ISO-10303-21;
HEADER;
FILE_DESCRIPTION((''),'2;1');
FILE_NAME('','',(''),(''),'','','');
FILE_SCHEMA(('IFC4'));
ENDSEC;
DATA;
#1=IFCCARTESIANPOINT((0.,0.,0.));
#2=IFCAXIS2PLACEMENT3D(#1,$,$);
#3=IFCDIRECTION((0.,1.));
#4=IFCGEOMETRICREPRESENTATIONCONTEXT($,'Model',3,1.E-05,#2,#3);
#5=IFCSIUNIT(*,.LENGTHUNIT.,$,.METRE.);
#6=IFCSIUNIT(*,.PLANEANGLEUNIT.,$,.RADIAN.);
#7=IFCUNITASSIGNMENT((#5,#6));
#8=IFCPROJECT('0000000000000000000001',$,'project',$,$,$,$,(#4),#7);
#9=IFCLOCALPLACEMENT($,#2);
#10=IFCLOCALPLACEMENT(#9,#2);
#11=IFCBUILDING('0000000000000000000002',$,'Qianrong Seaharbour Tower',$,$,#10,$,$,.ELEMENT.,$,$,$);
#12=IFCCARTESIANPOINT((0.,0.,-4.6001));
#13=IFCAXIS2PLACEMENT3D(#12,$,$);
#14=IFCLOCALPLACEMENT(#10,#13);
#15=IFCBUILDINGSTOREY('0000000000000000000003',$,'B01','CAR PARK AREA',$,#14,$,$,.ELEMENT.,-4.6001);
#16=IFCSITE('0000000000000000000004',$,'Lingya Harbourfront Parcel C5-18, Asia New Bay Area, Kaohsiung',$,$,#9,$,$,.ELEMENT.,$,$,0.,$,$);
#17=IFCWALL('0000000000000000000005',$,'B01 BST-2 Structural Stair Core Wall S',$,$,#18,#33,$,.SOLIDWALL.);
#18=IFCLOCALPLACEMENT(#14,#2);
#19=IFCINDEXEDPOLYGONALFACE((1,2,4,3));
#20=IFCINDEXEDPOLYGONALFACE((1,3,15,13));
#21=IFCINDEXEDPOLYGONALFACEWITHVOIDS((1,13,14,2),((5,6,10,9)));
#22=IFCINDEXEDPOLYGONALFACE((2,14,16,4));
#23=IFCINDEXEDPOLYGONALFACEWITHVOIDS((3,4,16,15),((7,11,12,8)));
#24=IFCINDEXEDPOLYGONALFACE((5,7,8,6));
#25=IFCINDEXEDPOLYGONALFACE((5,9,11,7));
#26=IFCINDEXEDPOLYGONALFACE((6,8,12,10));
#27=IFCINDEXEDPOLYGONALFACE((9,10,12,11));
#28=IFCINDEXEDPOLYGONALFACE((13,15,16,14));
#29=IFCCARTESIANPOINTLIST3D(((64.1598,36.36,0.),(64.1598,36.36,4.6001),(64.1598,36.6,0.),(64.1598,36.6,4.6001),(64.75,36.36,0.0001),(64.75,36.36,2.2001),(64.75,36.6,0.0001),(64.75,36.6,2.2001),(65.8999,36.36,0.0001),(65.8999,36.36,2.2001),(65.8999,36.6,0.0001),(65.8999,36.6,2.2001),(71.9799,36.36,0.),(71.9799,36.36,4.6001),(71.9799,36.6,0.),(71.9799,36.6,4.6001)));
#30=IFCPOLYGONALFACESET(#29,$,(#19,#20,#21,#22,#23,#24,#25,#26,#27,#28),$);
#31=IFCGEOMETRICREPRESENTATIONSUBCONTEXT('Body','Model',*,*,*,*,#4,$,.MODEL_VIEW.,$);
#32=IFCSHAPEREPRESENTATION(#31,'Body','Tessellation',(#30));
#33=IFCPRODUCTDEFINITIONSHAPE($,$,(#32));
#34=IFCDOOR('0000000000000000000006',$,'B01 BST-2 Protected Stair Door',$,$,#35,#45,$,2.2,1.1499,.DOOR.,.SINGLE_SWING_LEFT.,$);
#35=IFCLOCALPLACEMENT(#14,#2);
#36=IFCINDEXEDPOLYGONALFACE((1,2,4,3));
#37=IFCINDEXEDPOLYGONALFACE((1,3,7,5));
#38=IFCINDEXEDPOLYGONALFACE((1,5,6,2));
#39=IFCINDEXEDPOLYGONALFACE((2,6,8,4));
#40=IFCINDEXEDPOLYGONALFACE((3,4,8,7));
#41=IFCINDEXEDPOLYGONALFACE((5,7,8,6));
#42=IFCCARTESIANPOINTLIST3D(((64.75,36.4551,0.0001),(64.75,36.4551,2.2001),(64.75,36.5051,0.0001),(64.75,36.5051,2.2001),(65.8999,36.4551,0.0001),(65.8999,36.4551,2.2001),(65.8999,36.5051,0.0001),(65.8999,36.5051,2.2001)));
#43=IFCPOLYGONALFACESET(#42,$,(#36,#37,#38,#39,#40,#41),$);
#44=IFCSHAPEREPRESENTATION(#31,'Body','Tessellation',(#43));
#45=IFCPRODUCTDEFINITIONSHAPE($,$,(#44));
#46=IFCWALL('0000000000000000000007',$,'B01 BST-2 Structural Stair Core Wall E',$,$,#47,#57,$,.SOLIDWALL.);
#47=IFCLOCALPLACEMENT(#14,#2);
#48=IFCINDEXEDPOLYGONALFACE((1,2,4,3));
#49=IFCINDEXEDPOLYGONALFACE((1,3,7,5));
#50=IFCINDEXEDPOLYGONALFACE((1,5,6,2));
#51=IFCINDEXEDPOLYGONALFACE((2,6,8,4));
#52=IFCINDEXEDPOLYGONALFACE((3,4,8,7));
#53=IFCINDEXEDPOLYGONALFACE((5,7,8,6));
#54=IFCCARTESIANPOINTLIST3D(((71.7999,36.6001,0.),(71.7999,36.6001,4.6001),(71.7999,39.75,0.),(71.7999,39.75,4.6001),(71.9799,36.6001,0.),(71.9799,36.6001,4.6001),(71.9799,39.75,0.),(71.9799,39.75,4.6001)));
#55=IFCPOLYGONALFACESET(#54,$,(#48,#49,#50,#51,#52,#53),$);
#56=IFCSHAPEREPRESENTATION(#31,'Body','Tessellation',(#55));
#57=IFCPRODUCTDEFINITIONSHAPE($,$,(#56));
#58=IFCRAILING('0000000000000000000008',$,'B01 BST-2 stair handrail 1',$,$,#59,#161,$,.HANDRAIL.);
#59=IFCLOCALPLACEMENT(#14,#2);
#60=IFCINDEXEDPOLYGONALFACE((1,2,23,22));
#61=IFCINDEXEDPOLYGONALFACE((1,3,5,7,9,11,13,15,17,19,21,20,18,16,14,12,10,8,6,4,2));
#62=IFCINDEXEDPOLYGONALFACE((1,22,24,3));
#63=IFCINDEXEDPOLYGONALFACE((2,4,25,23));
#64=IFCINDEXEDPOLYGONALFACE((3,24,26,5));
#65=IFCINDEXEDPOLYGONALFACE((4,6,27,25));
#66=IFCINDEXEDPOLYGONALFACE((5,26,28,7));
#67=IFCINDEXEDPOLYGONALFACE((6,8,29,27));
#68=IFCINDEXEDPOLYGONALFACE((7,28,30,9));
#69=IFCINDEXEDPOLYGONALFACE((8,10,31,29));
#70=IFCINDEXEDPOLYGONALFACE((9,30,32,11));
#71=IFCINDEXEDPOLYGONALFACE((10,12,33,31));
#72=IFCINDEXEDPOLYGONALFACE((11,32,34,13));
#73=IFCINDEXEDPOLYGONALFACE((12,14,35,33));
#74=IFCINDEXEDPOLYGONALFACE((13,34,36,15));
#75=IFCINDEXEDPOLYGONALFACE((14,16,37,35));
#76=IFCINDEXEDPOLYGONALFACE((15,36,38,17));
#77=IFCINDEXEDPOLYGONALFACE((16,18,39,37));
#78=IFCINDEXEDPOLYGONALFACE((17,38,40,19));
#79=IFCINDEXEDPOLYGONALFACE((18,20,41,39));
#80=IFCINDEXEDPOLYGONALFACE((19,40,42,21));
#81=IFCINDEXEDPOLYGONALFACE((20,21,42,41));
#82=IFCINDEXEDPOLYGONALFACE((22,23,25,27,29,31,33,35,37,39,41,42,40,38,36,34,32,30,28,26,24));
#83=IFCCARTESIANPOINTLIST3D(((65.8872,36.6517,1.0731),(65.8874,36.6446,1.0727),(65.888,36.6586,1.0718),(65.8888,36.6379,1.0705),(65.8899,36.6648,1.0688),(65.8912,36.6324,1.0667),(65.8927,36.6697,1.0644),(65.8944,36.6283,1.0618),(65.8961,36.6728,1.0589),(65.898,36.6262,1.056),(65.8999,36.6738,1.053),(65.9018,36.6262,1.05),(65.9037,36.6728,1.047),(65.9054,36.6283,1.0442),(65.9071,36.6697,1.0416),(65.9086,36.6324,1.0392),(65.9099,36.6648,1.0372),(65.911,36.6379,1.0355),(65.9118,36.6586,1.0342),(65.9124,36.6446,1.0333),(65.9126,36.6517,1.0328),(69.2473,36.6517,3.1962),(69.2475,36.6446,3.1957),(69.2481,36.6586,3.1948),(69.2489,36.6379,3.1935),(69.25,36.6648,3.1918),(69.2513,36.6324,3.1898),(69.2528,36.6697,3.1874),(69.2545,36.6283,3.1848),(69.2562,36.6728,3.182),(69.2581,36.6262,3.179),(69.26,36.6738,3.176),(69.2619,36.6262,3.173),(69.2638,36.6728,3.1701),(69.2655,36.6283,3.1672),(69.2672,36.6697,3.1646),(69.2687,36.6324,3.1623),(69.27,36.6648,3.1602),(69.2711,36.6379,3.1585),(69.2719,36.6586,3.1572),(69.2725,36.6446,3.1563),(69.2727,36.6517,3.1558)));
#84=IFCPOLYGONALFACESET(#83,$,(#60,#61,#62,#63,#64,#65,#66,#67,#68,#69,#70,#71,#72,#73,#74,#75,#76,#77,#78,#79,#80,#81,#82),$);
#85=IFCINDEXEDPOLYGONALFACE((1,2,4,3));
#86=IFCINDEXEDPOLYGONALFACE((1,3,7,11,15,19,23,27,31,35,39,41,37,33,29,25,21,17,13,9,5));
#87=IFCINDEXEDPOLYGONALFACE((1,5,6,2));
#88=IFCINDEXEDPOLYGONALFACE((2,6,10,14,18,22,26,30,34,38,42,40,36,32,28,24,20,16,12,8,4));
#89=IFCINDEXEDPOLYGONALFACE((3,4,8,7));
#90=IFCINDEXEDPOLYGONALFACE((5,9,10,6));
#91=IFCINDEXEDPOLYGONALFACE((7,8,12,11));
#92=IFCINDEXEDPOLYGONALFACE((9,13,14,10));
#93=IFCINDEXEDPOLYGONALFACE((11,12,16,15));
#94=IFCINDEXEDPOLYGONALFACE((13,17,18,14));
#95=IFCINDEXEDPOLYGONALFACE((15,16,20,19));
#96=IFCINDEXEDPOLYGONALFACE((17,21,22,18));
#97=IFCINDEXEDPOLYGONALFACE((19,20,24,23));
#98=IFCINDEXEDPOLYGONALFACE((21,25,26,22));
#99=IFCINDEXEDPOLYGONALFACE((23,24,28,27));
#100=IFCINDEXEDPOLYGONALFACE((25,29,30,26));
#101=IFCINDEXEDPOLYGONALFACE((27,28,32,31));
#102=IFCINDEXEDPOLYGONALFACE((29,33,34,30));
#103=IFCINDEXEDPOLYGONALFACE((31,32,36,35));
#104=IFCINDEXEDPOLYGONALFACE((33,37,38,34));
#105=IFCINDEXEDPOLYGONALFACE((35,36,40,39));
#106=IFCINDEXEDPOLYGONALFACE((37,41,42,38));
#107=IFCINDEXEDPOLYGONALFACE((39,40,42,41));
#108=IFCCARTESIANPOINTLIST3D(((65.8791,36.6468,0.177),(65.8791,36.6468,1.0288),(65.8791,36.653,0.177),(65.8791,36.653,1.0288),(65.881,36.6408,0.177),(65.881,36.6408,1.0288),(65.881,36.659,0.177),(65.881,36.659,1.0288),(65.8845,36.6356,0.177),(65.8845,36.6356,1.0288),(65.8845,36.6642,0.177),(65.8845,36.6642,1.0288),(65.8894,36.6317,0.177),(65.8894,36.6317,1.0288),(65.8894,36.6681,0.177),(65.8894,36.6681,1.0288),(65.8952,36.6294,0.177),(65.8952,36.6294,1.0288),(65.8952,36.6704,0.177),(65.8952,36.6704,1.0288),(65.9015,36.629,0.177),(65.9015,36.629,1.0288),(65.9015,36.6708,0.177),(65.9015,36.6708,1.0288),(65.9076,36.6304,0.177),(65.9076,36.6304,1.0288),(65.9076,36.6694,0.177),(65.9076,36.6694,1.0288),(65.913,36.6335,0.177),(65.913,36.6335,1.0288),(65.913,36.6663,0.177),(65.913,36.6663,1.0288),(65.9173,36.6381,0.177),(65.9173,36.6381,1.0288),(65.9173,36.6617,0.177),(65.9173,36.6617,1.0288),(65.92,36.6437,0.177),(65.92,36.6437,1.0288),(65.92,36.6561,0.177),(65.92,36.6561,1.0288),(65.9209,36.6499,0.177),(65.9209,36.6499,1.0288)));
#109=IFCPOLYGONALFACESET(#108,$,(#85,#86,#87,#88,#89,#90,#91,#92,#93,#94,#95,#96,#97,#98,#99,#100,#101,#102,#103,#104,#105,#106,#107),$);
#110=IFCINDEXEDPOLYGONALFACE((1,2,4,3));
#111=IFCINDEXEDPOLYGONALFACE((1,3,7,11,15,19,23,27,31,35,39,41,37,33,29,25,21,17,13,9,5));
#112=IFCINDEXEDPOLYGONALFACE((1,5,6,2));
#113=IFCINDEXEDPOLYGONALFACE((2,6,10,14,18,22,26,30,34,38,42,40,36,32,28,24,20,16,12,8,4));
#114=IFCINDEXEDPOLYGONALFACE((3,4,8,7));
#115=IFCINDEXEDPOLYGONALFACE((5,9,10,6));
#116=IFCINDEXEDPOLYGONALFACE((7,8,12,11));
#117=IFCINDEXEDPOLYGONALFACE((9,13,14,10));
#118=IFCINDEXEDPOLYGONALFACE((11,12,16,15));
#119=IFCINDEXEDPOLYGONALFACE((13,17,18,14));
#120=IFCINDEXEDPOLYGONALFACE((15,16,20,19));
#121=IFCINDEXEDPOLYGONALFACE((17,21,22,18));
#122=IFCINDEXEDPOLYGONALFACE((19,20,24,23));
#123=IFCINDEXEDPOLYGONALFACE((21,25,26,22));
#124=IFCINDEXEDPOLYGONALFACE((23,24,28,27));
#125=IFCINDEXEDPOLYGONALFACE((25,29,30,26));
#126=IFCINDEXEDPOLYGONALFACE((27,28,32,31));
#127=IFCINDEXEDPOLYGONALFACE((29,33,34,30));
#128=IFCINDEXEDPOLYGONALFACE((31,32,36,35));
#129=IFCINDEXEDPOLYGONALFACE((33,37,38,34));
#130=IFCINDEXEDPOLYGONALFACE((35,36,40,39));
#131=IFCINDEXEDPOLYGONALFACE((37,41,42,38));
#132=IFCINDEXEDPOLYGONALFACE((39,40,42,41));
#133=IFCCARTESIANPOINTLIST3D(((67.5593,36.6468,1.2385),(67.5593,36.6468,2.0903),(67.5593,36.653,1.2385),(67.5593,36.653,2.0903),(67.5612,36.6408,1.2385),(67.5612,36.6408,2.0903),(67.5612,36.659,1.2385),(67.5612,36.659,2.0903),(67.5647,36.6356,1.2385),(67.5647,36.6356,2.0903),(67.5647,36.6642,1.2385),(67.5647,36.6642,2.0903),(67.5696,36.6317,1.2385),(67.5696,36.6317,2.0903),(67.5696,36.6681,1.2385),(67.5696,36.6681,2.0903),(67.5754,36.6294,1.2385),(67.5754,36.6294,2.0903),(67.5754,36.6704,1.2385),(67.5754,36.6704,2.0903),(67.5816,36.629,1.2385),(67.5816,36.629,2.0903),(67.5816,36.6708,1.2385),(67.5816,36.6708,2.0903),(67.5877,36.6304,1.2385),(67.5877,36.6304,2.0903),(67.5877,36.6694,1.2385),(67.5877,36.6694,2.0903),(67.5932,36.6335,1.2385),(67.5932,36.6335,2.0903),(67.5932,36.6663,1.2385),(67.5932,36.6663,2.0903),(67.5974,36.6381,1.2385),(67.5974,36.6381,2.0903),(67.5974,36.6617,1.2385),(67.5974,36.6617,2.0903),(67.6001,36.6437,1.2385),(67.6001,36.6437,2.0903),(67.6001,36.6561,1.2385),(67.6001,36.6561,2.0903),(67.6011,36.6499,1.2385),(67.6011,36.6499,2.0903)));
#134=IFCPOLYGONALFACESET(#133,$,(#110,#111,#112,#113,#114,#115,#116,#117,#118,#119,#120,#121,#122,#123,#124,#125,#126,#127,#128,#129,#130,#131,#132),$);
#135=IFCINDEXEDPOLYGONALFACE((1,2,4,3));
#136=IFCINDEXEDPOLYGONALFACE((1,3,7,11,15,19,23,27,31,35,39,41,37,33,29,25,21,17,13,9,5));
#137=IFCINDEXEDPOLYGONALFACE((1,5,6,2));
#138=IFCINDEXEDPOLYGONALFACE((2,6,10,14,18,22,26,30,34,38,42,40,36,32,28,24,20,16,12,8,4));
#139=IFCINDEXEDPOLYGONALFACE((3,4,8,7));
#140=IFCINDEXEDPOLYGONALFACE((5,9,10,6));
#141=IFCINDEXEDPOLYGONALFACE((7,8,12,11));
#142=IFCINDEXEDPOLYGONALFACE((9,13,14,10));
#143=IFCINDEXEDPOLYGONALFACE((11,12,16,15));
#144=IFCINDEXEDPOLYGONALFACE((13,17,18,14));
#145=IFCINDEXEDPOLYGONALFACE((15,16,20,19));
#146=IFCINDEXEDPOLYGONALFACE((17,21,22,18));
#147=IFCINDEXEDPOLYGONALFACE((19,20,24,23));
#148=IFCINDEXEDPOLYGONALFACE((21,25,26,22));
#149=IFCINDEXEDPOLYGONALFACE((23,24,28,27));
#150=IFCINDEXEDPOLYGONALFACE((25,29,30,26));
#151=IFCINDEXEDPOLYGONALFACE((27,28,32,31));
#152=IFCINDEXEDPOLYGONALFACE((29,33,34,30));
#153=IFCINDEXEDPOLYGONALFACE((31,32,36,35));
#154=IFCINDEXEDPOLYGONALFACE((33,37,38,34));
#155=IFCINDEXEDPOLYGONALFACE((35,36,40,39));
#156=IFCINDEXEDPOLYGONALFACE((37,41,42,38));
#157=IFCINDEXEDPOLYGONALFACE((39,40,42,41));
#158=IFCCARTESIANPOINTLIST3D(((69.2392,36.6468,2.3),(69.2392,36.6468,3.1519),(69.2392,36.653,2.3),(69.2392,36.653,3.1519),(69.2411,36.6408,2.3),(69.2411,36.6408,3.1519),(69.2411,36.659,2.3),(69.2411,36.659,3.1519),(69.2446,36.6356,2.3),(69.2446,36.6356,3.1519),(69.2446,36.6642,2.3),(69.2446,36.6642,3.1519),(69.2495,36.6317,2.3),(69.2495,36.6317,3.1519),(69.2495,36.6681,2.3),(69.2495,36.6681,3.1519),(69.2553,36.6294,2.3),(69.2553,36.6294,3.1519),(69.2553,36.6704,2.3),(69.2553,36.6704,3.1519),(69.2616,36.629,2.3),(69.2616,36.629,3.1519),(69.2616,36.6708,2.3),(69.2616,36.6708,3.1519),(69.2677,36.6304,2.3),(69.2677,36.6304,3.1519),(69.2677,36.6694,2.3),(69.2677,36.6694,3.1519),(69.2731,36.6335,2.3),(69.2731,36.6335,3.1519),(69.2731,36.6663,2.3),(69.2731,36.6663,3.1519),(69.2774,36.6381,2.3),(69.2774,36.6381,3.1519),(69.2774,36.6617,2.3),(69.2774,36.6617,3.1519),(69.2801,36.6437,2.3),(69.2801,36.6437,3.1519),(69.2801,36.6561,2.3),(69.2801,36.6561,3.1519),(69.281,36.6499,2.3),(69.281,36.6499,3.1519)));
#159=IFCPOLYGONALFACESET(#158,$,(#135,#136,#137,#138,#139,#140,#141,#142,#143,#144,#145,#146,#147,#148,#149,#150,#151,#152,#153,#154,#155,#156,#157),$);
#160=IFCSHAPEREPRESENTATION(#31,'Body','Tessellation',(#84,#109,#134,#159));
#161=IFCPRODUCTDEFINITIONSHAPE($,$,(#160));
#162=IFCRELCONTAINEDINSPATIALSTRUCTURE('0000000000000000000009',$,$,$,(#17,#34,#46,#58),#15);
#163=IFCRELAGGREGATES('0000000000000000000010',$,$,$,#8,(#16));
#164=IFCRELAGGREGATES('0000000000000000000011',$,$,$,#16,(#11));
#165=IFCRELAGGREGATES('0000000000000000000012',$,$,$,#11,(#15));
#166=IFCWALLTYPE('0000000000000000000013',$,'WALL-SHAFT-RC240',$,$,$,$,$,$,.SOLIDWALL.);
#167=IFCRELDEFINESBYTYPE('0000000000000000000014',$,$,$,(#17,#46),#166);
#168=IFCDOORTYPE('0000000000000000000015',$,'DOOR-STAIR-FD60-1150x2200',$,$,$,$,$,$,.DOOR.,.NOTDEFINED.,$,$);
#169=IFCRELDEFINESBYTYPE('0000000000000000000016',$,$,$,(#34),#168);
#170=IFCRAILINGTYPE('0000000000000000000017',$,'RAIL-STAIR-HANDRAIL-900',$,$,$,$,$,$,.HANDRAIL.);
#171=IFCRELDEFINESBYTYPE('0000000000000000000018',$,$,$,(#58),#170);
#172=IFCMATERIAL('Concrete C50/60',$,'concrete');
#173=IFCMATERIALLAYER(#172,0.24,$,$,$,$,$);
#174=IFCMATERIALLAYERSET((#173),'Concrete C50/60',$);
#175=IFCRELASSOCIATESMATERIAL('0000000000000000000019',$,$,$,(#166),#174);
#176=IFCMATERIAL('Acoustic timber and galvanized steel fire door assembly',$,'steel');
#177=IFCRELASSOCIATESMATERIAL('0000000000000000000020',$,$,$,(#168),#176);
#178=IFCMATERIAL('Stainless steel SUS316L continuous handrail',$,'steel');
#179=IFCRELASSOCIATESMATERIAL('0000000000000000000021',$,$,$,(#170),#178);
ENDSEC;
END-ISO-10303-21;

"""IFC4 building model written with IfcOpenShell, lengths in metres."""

from ifc_helpers import new_model, si_unit, direction, frame, frame_2d, origin, origin_2d, place, context, subcontext, project, spatial, rectangle, circle, extrude, material, layer, layer_set, type_object, element, fill, save


model = new_model("IFC4")

# Units and contexts
model_context = context("Model", 3, precision=1e-05, world=origin(), true_north=direction((0.0, 1.0)))
body_context = subcontext(model_context, "Body", "Model", "MODEL_VIEW")
ifc_project = project(units=[si_unit("LENGTHUNIT", "METRE"), si_unit("PLANEANGLEUNIT", "RADIAN")], contexts=[model_context])

# Site, building, storey
site_placement = place(None, origin())
site = spatial("IfcSite", under=ifc_project, at=site_placement, Name="Lingya Harbourfront Parcel C5-18, Asia New Bay Area, Kaohsiung", CompositionType="ELEMENT", RefElevation=0.0)
building_placement = place(site_placement, origin())
building = spatial("IfcBuilding", under=site, at=building_placement, Name="Qianrong Seaharbour Tower", CompositionType="ELEMENT")
storey_placement = place(building_placement, frame((0.0, 0.0, -4.6001)))
storey = spatial("IfcBuildingStorey", under=building, at=storey_placement, Name="B01", Description="CAR PARK AREA", CompositionType="ELEMENT", Elevation=-4.6001)

# Shared definitions
ifc_material_1 = material(Name="Concrete C50/60", Category="concrete")

# Shared definitions
ifc_material_2 = material(Name="Acoustic timber and galvanized steel fire door assembly", Category="steel")

# Wall, opening, door
ifc_layer_1 = layer(ifc_material_1, 0.24)
ifc_layer_set_1 = layer_set([ifc_layer_1], Name="Concrete C50/60")
wall_type_1 = type_object("IfcWallType", Name="WALL-SHAFT-RC240", PredefinedType="SOLIDWALL", material=ifc_layer_set_1)
wall_1_placement = place(storey_placement, frame((71.98, 36.48, 0.0), z_axis=(0.0, 0.0, 1.0), x_axis=(-1.0, 0.0, 0.0)))
wall_1 = element("IfcWall", 1, at=wall_1_placement, inside=storey, type_object=wall_type_1, Name="B01 BST-2 Structural Stair Core Wall S", PredefinedType="SOLIDWALL", context=body_context, shape_type="SweptSolid", body=[
    extrude(rectangle(XDim=7.8201, YDim=0.24, at=frame_2d((3.9102, 0.0))), origin(), (0.0, 0.0, 1.0), 4.6001),
])
opening_1_placement = place(wall_1_placement, frame((6.0801, 0.0, 0.0)))
opening_1 = element("IfcOpeningElement", 2, at=opening_1_placement, cuts=wall_1, PredefinedType="OPENING", context=body_context, shape_type="SweptSolid", body=[
    extrude(rectangle(XDim=1.1499, YDim=2.2, at=frame_2d((0.575, 1.1001))), frame((0.0, 0.1299, 0.0), z_axis=(0.0, -1.0, 0.0), x_axis=(1.0, 0.0, 0.0)), (0.0, 0.0, 1.0), 0.26),
])
door_type_1 = type_object("IfcDoorType", Name="DOOR-STAIR-FD60-1150x2200", OperationType="NOTDEFINED", PredefinedType="DOOR", material=ifc_material_2)
door_1_placement = place(opening_1_placement, origin())
door_1 = element("IfcDoor", 3, at=door_1_placement, inside=storey, type_object=door_type_1, Name="B01 BST-2 Protected Stair Door", OperationType="SINGLE_SWING_LEFT", OverallHeight=2.2, OverallWidth=1.1499, PredefinedType="DOOR", context=body_context, shape_type="SweptSolid", body=[
    extrude(rectangle(XDim=1.1499, YDim=2.2, at=frame_2d((0.575, 1.1001))), frame((0.0, 0.0249, 0.0), z_axis=(0.0, -1.0, 0.0), x_axis=(1.0, 0.0, 0.0)), (0.0, 0.0, 1.0), 0.05),
])
fill(opening_1, door_1)

# Wall
wall_2_placement = place(storey_placement, frame((71.8899, 36.6001, 0.0), z_axis=(0.0, 0.0, 1.0), x_axis=(0.0, 1.0, 0.0)))
element("IfcWall", 4, at=wall_2_placement, inside=storey, type_object=wall_type_1, Name="B01 BST-2 Structural Stair Core Wall E", PredefinedType="SOLIDWALL", context=body_context, shape_type="SweptSolid", body=[
    extrude(rectangle(XDim=3.1499, YDim=0.1799, at=frame_2d((1.575, 0.0))), origin(), (0.0, 0.0, 1.0), 4.6001),
])

# Railing
ifc_material_3 = material(Name="Stainless steel SUS316L continuous handrail", Category="steel")
railing_type = type_object("IfcRailingType", Name="RAIL-STAIR-HANDRAIL-900", PredefinedType="HANDRAIL", material=ifc_material_3)
railing_placement = place(storey_placement, frame((65.8999, 36.6499, 0.177)))
element("IfcRailing", 5, at=railing_placement, inside=storey, type_object=railing_type, Name="B01 BST-2 stair handrail 1", PredefinedType="HANDRAIL", context=body_context, shape_type="SweptSolid", body=[
    extrude(circle(Radius=0.0239, at=origin_2d()), frame((0.0, 0.0, 0.876), z_axis=(0.84539, 0.0, 0.53415), x_axis=(0.0, 1.0, 0.0)), (0.0, 0.0, 1.0), 3.9746),
    extrude(circle(Radius=0.021, at=origin_2d()), origin(), (0.0, 0.0, 1.0), 0.8518),
    extrude(circle(Radius=0.021, at=origin_2d()), frame((1.6802, 0.0, 1.0615)), (0.0, 0.0, 1.0), 0.8518),
    extrude(circle(Radius=0.021, at=origin_2d()), frame((3.3601, 0.0, 2.123)), (0.0, 0.0, 1.0), 0.8518),
])

save(model, "model.ifc")
